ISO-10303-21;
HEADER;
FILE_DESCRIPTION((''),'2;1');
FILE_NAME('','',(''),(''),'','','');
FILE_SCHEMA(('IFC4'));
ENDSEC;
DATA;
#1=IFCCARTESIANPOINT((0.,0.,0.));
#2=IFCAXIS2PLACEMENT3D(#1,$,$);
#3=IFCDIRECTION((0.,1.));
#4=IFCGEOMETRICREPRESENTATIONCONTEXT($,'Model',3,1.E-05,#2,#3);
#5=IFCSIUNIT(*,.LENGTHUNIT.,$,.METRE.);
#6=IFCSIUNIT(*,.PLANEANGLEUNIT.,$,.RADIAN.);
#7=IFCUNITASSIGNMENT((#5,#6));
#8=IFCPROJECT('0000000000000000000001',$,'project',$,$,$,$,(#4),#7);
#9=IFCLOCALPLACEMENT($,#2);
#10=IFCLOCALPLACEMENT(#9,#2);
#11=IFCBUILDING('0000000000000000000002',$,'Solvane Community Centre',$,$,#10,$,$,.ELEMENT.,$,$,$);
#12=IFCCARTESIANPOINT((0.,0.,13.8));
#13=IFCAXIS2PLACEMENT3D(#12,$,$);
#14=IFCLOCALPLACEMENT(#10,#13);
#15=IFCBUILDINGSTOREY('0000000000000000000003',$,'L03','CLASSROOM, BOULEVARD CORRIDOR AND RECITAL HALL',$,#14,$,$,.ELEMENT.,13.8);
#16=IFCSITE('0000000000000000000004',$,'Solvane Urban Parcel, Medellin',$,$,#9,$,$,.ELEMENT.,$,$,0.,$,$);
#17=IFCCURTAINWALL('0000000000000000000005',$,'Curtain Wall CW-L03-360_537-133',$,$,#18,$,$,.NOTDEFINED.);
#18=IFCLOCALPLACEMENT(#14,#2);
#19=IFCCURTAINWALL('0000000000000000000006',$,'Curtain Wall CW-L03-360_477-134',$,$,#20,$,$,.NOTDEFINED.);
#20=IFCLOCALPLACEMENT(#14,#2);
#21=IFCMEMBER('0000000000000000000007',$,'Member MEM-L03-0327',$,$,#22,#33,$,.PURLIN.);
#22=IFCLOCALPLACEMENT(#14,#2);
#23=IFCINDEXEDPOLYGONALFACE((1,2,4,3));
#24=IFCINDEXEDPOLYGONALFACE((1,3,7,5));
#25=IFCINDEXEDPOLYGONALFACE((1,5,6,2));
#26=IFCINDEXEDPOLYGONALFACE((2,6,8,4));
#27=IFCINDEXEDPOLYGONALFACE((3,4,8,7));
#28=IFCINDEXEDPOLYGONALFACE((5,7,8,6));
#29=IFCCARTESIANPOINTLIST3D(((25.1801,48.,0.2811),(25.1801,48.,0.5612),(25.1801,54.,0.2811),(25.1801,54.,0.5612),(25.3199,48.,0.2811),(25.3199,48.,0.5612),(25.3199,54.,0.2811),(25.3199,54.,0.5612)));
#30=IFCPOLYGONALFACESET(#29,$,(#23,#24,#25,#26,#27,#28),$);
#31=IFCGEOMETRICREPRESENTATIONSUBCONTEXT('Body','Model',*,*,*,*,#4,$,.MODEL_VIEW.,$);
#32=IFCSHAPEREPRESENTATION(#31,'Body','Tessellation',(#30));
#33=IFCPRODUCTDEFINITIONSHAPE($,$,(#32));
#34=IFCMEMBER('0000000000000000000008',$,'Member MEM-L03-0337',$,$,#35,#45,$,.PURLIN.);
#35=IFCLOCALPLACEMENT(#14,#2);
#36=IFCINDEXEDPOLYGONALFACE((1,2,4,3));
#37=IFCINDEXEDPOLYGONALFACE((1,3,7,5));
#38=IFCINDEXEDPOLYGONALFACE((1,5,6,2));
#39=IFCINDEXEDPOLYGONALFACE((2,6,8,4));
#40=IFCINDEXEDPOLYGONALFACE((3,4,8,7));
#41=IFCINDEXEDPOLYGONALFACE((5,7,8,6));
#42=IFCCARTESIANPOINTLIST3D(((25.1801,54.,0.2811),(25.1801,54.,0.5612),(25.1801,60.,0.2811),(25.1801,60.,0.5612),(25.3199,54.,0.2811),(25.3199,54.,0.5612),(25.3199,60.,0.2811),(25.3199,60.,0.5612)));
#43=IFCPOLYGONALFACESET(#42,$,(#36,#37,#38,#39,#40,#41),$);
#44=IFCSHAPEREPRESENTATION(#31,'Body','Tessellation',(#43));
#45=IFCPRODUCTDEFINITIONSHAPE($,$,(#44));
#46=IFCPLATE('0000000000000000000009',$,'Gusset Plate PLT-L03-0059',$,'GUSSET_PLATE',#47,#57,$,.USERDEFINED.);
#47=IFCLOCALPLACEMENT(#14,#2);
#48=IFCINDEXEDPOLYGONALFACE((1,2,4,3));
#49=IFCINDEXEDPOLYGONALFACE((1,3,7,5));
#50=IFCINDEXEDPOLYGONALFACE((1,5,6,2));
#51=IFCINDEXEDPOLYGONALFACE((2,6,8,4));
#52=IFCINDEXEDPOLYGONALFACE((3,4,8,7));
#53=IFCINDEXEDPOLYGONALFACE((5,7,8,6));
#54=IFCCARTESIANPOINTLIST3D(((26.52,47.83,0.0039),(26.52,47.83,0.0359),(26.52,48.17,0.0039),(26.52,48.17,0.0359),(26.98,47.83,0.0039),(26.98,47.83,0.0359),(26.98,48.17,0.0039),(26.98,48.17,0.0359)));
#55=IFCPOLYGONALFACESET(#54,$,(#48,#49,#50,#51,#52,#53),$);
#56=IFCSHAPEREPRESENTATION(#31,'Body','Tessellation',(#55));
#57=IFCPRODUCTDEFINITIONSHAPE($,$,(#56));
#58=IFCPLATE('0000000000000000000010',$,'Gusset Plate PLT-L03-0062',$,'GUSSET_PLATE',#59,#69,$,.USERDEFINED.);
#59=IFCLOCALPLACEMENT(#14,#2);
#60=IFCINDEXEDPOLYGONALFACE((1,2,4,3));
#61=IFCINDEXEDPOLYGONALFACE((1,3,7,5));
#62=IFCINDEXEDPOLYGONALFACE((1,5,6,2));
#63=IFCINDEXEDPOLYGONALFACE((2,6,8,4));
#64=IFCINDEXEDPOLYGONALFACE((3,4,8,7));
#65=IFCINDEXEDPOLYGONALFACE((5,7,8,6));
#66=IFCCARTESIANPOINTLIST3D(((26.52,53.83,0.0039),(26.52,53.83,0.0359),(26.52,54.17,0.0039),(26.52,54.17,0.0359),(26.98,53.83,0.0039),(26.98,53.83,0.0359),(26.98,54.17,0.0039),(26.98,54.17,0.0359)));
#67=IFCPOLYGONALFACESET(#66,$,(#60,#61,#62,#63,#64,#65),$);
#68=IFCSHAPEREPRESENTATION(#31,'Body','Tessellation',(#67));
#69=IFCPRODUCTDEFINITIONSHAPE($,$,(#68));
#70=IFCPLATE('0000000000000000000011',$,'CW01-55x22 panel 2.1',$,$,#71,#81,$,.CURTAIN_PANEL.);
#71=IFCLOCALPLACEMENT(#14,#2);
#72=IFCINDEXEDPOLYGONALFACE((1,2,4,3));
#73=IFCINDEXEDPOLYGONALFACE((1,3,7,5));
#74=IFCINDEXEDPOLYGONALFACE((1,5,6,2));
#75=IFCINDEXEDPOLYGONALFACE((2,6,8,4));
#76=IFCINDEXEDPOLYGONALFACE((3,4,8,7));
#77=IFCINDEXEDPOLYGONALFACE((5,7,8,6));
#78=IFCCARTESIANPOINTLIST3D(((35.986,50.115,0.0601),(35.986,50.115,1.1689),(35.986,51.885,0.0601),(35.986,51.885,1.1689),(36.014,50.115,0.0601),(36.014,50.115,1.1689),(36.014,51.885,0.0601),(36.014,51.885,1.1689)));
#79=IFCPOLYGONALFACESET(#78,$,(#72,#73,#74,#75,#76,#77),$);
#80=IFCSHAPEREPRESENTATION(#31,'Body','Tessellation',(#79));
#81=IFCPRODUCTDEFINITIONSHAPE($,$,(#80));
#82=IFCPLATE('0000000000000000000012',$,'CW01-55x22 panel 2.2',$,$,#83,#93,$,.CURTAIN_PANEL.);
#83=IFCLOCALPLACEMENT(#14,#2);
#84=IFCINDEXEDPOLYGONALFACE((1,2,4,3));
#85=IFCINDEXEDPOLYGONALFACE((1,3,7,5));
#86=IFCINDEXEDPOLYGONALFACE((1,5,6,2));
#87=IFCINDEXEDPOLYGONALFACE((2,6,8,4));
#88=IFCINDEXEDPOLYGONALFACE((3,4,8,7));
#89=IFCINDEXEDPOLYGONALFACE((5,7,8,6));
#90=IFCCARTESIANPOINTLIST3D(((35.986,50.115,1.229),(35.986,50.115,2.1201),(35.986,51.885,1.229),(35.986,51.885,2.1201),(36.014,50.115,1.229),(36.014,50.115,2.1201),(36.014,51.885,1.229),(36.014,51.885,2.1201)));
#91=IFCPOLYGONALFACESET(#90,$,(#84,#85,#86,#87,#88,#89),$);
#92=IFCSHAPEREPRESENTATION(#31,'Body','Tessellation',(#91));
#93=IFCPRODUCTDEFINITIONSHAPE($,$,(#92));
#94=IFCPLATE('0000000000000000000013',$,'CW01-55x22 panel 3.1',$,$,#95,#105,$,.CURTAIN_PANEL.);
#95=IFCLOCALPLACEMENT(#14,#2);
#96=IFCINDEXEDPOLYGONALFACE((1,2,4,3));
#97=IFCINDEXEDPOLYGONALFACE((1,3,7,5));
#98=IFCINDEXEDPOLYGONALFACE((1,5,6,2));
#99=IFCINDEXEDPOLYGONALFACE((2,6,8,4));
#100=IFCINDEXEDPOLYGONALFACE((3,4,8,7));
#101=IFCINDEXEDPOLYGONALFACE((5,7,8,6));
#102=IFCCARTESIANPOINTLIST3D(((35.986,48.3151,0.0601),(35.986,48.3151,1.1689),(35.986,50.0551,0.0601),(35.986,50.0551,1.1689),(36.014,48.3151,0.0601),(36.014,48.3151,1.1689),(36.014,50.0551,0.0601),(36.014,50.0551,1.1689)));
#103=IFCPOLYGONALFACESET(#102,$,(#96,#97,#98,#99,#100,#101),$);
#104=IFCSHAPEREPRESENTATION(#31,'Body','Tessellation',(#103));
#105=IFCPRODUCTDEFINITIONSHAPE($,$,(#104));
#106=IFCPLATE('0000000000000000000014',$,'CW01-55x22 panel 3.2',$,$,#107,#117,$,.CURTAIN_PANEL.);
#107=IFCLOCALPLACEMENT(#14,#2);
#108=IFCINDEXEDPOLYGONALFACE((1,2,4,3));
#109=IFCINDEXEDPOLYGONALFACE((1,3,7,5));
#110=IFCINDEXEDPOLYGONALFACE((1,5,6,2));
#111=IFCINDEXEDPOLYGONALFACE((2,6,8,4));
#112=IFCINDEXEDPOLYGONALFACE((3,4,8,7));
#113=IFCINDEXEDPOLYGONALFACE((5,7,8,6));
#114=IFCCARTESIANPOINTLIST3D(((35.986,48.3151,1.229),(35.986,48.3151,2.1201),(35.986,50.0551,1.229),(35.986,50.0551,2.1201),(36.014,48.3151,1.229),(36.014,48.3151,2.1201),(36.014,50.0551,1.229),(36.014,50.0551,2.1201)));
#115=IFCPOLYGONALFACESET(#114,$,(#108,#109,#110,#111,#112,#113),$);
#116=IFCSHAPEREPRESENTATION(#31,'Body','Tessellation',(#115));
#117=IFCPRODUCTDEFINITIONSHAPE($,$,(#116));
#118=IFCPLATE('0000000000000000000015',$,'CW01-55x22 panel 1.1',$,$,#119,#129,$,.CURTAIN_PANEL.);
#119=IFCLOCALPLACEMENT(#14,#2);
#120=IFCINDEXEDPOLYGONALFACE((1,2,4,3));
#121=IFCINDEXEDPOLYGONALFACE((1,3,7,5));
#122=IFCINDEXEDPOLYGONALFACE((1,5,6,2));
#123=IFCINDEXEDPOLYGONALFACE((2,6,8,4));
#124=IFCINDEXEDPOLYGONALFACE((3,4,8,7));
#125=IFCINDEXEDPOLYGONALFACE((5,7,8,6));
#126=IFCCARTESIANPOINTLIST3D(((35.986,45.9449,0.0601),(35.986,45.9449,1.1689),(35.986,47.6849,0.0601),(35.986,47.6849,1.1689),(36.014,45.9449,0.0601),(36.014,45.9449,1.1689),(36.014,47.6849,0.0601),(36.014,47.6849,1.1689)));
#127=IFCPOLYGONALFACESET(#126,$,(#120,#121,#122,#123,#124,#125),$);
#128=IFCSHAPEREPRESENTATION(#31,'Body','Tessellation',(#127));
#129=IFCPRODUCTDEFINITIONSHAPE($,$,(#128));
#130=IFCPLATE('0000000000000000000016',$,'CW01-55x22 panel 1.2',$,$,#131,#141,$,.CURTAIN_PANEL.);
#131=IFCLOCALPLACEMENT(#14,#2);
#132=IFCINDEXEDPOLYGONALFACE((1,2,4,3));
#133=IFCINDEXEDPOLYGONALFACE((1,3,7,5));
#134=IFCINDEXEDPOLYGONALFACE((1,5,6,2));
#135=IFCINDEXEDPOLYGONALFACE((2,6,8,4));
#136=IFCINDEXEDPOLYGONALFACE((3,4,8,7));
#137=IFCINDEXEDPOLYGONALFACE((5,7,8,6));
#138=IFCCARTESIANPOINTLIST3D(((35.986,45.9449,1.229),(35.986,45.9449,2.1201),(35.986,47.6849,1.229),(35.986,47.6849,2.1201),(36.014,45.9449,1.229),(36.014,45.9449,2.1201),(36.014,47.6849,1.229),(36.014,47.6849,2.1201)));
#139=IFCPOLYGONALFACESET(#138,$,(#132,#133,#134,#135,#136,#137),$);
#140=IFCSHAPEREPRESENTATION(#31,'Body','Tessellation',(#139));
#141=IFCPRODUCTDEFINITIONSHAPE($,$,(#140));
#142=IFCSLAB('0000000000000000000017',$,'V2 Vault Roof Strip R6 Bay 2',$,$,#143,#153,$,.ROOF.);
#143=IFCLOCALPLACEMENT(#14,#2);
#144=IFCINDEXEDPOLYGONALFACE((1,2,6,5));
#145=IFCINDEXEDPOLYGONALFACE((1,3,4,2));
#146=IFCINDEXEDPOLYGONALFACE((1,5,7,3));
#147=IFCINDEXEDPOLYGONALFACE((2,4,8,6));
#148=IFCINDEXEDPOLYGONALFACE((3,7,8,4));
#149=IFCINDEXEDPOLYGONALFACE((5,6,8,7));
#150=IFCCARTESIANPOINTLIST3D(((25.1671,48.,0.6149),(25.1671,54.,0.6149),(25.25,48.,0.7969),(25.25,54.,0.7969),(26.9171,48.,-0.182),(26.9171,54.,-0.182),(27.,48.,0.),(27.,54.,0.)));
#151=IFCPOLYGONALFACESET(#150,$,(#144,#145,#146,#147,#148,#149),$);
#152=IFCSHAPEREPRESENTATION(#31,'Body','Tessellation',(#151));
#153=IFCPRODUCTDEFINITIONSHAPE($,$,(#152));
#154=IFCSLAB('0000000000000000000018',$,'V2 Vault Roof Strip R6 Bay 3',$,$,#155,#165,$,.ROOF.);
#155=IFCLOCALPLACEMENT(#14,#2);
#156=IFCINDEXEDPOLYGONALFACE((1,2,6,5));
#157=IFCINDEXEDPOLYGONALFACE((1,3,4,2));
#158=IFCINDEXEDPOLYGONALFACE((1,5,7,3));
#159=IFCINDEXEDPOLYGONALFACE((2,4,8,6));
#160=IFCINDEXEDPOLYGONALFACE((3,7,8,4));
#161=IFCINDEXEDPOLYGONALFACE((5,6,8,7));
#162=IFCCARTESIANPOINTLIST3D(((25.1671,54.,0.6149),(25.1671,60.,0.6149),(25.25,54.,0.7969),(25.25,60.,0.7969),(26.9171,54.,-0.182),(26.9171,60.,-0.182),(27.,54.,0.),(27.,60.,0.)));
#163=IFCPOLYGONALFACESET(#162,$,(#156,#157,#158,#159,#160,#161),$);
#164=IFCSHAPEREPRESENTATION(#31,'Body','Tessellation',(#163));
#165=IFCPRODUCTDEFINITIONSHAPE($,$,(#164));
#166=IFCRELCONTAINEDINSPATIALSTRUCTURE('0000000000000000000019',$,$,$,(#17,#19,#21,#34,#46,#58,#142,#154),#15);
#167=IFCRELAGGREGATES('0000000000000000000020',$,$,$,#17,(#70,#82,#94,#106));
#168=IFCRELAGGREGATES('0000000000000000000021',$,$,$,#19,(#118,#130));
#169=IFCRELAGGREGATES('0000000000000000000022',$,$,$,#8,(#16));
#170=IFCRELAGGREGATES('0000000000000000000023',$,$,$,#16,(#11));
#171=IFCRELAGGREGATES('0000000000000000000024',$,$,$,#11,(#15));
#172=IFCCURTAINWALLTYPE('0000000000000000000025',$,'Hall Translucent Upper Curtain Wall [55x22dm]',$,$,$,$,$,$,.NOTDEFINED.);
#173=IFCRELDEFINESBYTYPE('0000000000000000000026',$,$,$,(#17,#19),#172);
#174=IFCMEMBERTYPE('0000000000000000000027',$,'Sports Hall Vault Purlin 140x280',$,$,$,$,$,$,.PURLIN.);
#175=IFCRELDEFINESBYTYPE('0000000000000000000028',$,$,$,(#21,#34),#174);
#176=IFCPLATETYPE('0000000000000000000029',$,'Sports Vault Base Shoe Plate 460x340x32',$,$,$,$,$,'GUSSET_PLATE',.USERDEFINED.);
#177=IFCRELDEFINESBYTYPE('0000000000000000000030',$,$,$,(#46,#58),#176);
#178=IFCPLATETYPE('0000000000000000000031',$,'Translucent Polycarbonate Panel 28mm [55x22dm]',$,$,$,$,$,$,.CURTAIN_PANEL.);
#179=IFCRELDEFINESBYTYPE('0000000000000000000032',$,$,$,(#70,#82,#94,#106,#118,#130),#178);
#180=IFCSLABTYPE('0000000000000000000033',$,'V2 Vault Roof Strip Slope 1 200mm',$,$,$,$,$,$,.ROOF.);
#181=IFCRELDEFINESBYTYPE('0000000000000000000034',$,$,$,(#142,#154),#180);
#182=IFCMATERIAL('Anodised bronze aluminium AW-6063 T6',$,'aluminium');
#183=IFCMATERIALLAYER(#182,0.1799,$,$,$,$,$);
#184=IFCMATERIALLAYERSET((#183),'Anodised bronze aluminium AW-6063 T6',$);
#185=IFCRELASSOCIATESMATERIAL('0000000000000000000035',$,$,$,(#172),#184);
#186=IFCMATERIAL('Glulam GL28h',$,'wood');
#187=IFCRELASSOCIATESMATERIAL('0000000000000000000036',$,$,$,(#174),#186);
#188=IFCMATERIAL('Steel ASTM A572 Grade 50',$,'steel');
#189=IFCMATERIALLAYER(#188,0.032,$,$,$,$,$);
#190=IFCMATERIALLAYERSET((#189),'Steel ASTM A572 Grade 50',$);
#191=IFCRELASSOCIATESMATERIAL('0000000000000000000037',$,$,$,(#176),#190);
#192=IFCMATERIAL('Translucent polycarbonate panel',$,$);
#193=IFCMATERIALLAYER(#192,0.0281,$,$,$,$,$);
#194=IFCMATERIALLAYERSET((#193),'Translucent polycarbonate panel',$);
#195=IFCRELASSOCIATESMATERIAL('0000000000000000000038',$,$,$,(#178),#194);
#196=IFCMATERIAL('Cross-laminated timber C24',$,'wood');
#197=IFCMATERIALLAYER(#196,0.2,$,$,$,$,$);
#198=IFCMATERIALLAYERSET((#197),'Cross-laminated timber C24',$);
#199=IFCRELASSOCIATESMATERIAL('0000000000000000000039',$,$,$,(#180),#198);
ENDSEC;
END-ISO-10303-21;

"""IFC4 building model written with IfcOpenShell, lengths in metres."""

from ifc_helpers import new_model, si_unit, direction, frame, origin, origin_2d, place, context, subcontext, project, spatial, polyline, rectangle, outline, extrude, material, layer, layer_set, material_profile, profile_set, type_object, element, aggregate, save


model = new_model("IFC4")

# Units and contexts
model_context = context("Model", 3, precision=1e-05, world=origin(), true_north=direction((0.0, 1.0)))
body_context = subcontext(model_context, "Body", "Model", "MODEL_VIEW")
ifc_project = project(units=[si_unit("LENGTHUNIT", "METRE"), si_unit("PLANEANGLEUNIT", "RADIAN")], contexts=[model_context])

# Site, building, storey
site_placement = place(None, origin())
site = spatial("IfcSite", under=ifc_project, at=site_placement, Name="Solvane Urban Parcel, Medellin", CompositionType="ELEMENT", RefElevation=0.0)
building_placement = place(site_placement, origin())
building = spatial("IfcBuilding", under=site, at=building_placement, Name="Solvane Community Centre", CompositionType="ELEMENT")
storey_placement = place(building_placement, frame((0.0, 0.0, 13.8)))
storey = spatial("IfcBuildingStorey", under=building, at=storey_placement, Name="L03", Description="CLASSROOM, BOULEVARD CORRIDOR AND RECITAL HALL", CompositionType="ELEMENT", Elevation=13.8)

# Curtain walls
ifc_material_1 = material(Name="Anodised bronze aluminium AW-6063 T6", Category="aluminium")
ifc_layer_1 = layer(ifc_material_1, 0.1799)
ifc_layer_set_1 = layer_set([ifc_layer_1], Name="Anodised bronze aluminium AW-6063 T6")
curtain_wall_type = type_object("IfcCurtainWallType", Name="Hall Translucent Upper Curtain Wall [55x22dm]", PredefinedType="NOTDEFINED", material=ifc_layer_set_1)
curtain_wall_1_placement = place(storey_placement, origin())
curtain_wall_1 = element("IfcCurtainWall", 1, at=curtain_wall_1_placement, inside=storey, type_object=curtain_wall_type, Name="Curtain Wall CW-L03-360_537-133", PredefinedType="NOTDEFINED")
curtain_wall_2_placement = place(storey_placement, origin())
curtain_wall_2 = element("IfcCurtainWall", 2, at=curtain_wall_2_placement, inside=storey, type_object=curtain_wall_type, Name="Curtain Wall CW-L03-360_477-134", PredefinedType="NOTDEFINED")

# Members
ifc_material_2 = material(Name="Glulam GL28h", Category="wood")
ifc_material_profile_1 = material_profile(ifc_material_2, rectangle(XDim=0.1399, YDim=0.28, at=origin_2d()), Name="GL28h 140x280")
ifc_profile_set_1 = profile_set([ifc_material_profile_1], Name="Glulam GL28h")
member_type_1 = type_object("IfcMemberType", Name="Sports Hall Vault Purlin 140x280", PredefinedType="PURLIN", material=ifc_profile_set_1)
for number, where, z_axis, x_axis, name in (
    (3, (25.25, 48.0, 0.4211), (0.0, 1.0, 0.0), (-1.0, 0.0, 0.0), "Member MEM-L03-0327"),
    (4, (25.25, 54.0, 0.4211), (0.0, 1.0, 0.0), (-1.0, 0.0, 0.0), "Member MEM-L03-0337"),
):
    element("IfcMember", number, at=place(storey_placement, frame(where, z_axis=z_axis, x_axis=x_axis)), inside=storey, type_object=member_type_1, Name=name, PredefinedType="PURLIN", context=body_context, shape_type="SweptSolid", body=[
        extrude(rectangle(XDim=0.1399, YDim=0.28, at=origin_2d()), origin(), (0.0, 0.0, 1.0), 6.0),
    ])

# Plates
ifc_material_3 = material(Name="Steel ASTM A572 Grade 50", Category="steel")
ifc_layer_2 = layer(ifc_material_3, 0.032)
ifc_layer_set_2 = layer_set([ifc_layer_2], Name="Steel ASTM A572 Grade 50")
plate_type_1 = type_object("IfcPlateType", Name="Sports Vault Base Shoe Plate 460x340x32", ElementType="GUSSET_PLATE", PredefinedType="USERDEFINED", material=ifc_layer_set_2)
for number, where, z_axis, x_axis, name in (
    (5, (26.75, 48.0, 0.0039), (0.0, 0.0, 1.0), (1.0, 0.0, 0.0), "Gusset Plate PLT-L03-0059"),
    (6, (26.75, 54.0, 0.0039), (0.0, 0.0, 1.0), (1.0, 0.0, 0.0), "Gusset Plate PLT-L03-0062"),
):
    element("IfcPlate", number, at=place(storey_placement, frame(where, z_axis=z_axis, x_axis=x_axis)), inside=storey, type_object=plate_type_1, Name=name, ObjectType="GUSSET_PLATE", PredefinedType="USERDEFINED", context=body_context, shape_type="SweptSolid", body=[
        extrude(rectangle(XDim=0.46, YDim=0.3401, at=origin_2d()), origin(), (0.0, 0.0, 1.0), 0.032),
    ])

# Plates
ifc_material_4 = material(Name="Translucent polycarbonate panel")
ifc_layer_3 = layer(ifc_material_4, 0.0281)
ifc_layer_set_3 = layer_set([ifc_layer_3], Name="Translucent polycarbonate panel")
plate_type_2 = type_object("IfcPlateType", Name="Translucent Polycarbonate Panel 28mm [55x22dm]", PredefinedType="CURTAIN_PANEL", material=ifc_layer_set_3)
plate_1_placement = place(storey_placement, frame((36.0, 51.0, 0.0601), z_axis=(0.0, 0.0, 1.0), x_axis=(0.0, -1.0, 0.0)))
plate_1 = element("IfcPlate", 7, at=plate_1_placement, type_object=plate_type_2, Name="CW01-55x22 panel 2.1", PredefinedType="CURTAIN_PANEL", context=body_context, shape_type="SweptSolid", body=[
    extrude(rectangle(XDim=1.77, YDim=0.0281, at=origin_2d()), origin(), (0.0, 0.0, 1.0), 1.1089),
])
plate_2_placement = place(storey_placement, frame((36.0, 51.0, 1.229), z_axis=(0.0, 0.0, 1.0), x_axis=(0.0, -1.0, 0.0)))
plate_2 = element("IfcPlate", 8, at=plate_2_placement, type_object=plate_type_2, Name="CW01-55x22 panel 2.2", PredefinedType="CURTAIN_PANEL", context=body_context, shape_type="SweptSolid", body=[
    extrude(rectangle(XDim=1.77, YDim=0.0281, at=origin_2d()), origin(), (0.0, 0.0, 1.0), 0.8911),
])
plate_3_placement = place(storey_placement, frame((36.0, 49.1851, 0.0601), z_axis=(0.0, 0.0, 1.0), x_axis=(0.0, -1.0, 0.0)))
plate_3 = element("IfcPlate", 9, at=plate_3_placement, type_object=plate_type_2, Name="CW01-55x22 panel 3.1", PredefinedType="CURTAIN_PANEL", context=body_context, shape_type="SweptSolid", body=[
    extrude(rectangle(XDim=1.74, YDim=0.0281, at=origin_2d()), origin(), (0.0, 0.0, 1.0), 1.1089),
])
plate_4_placement = place(storey_placement, frame((36.0, 49.1851, 1.229), z_axis=(0.0, 0.0, 1.0), x_axis=(0.0, -1.0, 0.0)))
plate_4 = element("IfcPlate", 10, at=plate_4_placement, type_object=plate_type_2, Name="CW01-55x22 panel 3.2", PredefinedType="CURTAIN_PANEL", context=body_context, shape_type="SweptSolid", body=[
    extrude(rectangle(XDim=1.74, YDim=0.0281, at=origin_2d()), origin(), (0.0, 0.0, 1.0), 0.8911),
])
aggregate(curtain_wall_1, [plate_1, plate_2, plate_3, plate_4])
plate_5_placement = place(storey_placement, frame((36.0, 46.8149, 0.0601), z_axis=(0.0, 0.0, 1.0), x_axis=(0.0, -1.0, 0.0)))
plate_5 = element("IfcPlate", 11, at=plate_5_placement, type_object=plate_type_2, Name="CW01-55x22 panel 1.1", PredefinedType="CURTAIN_PANEL", context=body_context, shape_type="SweptSolid", body=[
    extrude(rectangle(XDim=1.74, YDim=0.0281, at=origin_2d()), origin(), (0.0, 0.0, 1.0), 1.1089),
])
plate_6_placement = place(storey_placement, frame((36.0, 46.8149, 1.229), z_axis=(0.0, 0.0, 1.0), x_axis=(0.0, -1.0, 0.0)))
plate_6 = element("IfcPlate", 12, at=plate_6_placement, type_object=plate_type_2, Name="CW01-55x22 panel 1.2", PredefinedType="CURTAIN_PANEL", context=body_context, shape_type="SweptSolid", body=[
    extrude(rectangle(XDim=1.74, YDim=0.0281, at=origin_2d()), origin(), (0.0, 0.0, 1.0), 0.8911),
])
aggregate(curtain_wall_2, [plate_5, plate_6])

# Slabs
ifc_material_5 = material(Name="Cross-laminated timber C24", Category="wood")
ifc_layer_4 = layer(ifc_material_5, 0.2)
ifc_layer_set_4 = layer_set([ifc_layer_4], Name="Cross-laminated timber C24")
slab_type = type_object("IfcSlabType", Name="V2 Vault Roof Strip Slope 1 200mm", PredefinedType="ROOF", material=ifc_layer_set_4)
for number, where, z_axis, x_axis, name in (
    (13, (25.25, 48.0, 0.7969), (0.414415, 0.0, 0.910088), (0.910088, 0.0, -0.414415), "V2 Vault Roof Strip R6 Bay 2"),
    (14, (25.25, 54.0, 0.7969), (0.414415, 0.0, 0.910088), (0.910088, 0.0, -0.414415), "V2 Vault Roof Strip R6 Bay 3"),
):
    element("IfcSlab", number, at=place(storey_placement, frame(where, z_axis=z_axis, x_axis=x_axis)), inside=storey, type_object=slab_type, Name=name, PredefinedType="ROOF", context=body_context, shape_type="SweptSolid", body=[
        extrude(outline(polyline([(0.0, 0.0), (1.9229, 0.0), (1.9229, 6.0), (0.0, 6.0), (0.0, 0.0)])), origin(), (0.0, 0.0, -1.0), 0.2),
    ])

save(model, "model.ifc")
